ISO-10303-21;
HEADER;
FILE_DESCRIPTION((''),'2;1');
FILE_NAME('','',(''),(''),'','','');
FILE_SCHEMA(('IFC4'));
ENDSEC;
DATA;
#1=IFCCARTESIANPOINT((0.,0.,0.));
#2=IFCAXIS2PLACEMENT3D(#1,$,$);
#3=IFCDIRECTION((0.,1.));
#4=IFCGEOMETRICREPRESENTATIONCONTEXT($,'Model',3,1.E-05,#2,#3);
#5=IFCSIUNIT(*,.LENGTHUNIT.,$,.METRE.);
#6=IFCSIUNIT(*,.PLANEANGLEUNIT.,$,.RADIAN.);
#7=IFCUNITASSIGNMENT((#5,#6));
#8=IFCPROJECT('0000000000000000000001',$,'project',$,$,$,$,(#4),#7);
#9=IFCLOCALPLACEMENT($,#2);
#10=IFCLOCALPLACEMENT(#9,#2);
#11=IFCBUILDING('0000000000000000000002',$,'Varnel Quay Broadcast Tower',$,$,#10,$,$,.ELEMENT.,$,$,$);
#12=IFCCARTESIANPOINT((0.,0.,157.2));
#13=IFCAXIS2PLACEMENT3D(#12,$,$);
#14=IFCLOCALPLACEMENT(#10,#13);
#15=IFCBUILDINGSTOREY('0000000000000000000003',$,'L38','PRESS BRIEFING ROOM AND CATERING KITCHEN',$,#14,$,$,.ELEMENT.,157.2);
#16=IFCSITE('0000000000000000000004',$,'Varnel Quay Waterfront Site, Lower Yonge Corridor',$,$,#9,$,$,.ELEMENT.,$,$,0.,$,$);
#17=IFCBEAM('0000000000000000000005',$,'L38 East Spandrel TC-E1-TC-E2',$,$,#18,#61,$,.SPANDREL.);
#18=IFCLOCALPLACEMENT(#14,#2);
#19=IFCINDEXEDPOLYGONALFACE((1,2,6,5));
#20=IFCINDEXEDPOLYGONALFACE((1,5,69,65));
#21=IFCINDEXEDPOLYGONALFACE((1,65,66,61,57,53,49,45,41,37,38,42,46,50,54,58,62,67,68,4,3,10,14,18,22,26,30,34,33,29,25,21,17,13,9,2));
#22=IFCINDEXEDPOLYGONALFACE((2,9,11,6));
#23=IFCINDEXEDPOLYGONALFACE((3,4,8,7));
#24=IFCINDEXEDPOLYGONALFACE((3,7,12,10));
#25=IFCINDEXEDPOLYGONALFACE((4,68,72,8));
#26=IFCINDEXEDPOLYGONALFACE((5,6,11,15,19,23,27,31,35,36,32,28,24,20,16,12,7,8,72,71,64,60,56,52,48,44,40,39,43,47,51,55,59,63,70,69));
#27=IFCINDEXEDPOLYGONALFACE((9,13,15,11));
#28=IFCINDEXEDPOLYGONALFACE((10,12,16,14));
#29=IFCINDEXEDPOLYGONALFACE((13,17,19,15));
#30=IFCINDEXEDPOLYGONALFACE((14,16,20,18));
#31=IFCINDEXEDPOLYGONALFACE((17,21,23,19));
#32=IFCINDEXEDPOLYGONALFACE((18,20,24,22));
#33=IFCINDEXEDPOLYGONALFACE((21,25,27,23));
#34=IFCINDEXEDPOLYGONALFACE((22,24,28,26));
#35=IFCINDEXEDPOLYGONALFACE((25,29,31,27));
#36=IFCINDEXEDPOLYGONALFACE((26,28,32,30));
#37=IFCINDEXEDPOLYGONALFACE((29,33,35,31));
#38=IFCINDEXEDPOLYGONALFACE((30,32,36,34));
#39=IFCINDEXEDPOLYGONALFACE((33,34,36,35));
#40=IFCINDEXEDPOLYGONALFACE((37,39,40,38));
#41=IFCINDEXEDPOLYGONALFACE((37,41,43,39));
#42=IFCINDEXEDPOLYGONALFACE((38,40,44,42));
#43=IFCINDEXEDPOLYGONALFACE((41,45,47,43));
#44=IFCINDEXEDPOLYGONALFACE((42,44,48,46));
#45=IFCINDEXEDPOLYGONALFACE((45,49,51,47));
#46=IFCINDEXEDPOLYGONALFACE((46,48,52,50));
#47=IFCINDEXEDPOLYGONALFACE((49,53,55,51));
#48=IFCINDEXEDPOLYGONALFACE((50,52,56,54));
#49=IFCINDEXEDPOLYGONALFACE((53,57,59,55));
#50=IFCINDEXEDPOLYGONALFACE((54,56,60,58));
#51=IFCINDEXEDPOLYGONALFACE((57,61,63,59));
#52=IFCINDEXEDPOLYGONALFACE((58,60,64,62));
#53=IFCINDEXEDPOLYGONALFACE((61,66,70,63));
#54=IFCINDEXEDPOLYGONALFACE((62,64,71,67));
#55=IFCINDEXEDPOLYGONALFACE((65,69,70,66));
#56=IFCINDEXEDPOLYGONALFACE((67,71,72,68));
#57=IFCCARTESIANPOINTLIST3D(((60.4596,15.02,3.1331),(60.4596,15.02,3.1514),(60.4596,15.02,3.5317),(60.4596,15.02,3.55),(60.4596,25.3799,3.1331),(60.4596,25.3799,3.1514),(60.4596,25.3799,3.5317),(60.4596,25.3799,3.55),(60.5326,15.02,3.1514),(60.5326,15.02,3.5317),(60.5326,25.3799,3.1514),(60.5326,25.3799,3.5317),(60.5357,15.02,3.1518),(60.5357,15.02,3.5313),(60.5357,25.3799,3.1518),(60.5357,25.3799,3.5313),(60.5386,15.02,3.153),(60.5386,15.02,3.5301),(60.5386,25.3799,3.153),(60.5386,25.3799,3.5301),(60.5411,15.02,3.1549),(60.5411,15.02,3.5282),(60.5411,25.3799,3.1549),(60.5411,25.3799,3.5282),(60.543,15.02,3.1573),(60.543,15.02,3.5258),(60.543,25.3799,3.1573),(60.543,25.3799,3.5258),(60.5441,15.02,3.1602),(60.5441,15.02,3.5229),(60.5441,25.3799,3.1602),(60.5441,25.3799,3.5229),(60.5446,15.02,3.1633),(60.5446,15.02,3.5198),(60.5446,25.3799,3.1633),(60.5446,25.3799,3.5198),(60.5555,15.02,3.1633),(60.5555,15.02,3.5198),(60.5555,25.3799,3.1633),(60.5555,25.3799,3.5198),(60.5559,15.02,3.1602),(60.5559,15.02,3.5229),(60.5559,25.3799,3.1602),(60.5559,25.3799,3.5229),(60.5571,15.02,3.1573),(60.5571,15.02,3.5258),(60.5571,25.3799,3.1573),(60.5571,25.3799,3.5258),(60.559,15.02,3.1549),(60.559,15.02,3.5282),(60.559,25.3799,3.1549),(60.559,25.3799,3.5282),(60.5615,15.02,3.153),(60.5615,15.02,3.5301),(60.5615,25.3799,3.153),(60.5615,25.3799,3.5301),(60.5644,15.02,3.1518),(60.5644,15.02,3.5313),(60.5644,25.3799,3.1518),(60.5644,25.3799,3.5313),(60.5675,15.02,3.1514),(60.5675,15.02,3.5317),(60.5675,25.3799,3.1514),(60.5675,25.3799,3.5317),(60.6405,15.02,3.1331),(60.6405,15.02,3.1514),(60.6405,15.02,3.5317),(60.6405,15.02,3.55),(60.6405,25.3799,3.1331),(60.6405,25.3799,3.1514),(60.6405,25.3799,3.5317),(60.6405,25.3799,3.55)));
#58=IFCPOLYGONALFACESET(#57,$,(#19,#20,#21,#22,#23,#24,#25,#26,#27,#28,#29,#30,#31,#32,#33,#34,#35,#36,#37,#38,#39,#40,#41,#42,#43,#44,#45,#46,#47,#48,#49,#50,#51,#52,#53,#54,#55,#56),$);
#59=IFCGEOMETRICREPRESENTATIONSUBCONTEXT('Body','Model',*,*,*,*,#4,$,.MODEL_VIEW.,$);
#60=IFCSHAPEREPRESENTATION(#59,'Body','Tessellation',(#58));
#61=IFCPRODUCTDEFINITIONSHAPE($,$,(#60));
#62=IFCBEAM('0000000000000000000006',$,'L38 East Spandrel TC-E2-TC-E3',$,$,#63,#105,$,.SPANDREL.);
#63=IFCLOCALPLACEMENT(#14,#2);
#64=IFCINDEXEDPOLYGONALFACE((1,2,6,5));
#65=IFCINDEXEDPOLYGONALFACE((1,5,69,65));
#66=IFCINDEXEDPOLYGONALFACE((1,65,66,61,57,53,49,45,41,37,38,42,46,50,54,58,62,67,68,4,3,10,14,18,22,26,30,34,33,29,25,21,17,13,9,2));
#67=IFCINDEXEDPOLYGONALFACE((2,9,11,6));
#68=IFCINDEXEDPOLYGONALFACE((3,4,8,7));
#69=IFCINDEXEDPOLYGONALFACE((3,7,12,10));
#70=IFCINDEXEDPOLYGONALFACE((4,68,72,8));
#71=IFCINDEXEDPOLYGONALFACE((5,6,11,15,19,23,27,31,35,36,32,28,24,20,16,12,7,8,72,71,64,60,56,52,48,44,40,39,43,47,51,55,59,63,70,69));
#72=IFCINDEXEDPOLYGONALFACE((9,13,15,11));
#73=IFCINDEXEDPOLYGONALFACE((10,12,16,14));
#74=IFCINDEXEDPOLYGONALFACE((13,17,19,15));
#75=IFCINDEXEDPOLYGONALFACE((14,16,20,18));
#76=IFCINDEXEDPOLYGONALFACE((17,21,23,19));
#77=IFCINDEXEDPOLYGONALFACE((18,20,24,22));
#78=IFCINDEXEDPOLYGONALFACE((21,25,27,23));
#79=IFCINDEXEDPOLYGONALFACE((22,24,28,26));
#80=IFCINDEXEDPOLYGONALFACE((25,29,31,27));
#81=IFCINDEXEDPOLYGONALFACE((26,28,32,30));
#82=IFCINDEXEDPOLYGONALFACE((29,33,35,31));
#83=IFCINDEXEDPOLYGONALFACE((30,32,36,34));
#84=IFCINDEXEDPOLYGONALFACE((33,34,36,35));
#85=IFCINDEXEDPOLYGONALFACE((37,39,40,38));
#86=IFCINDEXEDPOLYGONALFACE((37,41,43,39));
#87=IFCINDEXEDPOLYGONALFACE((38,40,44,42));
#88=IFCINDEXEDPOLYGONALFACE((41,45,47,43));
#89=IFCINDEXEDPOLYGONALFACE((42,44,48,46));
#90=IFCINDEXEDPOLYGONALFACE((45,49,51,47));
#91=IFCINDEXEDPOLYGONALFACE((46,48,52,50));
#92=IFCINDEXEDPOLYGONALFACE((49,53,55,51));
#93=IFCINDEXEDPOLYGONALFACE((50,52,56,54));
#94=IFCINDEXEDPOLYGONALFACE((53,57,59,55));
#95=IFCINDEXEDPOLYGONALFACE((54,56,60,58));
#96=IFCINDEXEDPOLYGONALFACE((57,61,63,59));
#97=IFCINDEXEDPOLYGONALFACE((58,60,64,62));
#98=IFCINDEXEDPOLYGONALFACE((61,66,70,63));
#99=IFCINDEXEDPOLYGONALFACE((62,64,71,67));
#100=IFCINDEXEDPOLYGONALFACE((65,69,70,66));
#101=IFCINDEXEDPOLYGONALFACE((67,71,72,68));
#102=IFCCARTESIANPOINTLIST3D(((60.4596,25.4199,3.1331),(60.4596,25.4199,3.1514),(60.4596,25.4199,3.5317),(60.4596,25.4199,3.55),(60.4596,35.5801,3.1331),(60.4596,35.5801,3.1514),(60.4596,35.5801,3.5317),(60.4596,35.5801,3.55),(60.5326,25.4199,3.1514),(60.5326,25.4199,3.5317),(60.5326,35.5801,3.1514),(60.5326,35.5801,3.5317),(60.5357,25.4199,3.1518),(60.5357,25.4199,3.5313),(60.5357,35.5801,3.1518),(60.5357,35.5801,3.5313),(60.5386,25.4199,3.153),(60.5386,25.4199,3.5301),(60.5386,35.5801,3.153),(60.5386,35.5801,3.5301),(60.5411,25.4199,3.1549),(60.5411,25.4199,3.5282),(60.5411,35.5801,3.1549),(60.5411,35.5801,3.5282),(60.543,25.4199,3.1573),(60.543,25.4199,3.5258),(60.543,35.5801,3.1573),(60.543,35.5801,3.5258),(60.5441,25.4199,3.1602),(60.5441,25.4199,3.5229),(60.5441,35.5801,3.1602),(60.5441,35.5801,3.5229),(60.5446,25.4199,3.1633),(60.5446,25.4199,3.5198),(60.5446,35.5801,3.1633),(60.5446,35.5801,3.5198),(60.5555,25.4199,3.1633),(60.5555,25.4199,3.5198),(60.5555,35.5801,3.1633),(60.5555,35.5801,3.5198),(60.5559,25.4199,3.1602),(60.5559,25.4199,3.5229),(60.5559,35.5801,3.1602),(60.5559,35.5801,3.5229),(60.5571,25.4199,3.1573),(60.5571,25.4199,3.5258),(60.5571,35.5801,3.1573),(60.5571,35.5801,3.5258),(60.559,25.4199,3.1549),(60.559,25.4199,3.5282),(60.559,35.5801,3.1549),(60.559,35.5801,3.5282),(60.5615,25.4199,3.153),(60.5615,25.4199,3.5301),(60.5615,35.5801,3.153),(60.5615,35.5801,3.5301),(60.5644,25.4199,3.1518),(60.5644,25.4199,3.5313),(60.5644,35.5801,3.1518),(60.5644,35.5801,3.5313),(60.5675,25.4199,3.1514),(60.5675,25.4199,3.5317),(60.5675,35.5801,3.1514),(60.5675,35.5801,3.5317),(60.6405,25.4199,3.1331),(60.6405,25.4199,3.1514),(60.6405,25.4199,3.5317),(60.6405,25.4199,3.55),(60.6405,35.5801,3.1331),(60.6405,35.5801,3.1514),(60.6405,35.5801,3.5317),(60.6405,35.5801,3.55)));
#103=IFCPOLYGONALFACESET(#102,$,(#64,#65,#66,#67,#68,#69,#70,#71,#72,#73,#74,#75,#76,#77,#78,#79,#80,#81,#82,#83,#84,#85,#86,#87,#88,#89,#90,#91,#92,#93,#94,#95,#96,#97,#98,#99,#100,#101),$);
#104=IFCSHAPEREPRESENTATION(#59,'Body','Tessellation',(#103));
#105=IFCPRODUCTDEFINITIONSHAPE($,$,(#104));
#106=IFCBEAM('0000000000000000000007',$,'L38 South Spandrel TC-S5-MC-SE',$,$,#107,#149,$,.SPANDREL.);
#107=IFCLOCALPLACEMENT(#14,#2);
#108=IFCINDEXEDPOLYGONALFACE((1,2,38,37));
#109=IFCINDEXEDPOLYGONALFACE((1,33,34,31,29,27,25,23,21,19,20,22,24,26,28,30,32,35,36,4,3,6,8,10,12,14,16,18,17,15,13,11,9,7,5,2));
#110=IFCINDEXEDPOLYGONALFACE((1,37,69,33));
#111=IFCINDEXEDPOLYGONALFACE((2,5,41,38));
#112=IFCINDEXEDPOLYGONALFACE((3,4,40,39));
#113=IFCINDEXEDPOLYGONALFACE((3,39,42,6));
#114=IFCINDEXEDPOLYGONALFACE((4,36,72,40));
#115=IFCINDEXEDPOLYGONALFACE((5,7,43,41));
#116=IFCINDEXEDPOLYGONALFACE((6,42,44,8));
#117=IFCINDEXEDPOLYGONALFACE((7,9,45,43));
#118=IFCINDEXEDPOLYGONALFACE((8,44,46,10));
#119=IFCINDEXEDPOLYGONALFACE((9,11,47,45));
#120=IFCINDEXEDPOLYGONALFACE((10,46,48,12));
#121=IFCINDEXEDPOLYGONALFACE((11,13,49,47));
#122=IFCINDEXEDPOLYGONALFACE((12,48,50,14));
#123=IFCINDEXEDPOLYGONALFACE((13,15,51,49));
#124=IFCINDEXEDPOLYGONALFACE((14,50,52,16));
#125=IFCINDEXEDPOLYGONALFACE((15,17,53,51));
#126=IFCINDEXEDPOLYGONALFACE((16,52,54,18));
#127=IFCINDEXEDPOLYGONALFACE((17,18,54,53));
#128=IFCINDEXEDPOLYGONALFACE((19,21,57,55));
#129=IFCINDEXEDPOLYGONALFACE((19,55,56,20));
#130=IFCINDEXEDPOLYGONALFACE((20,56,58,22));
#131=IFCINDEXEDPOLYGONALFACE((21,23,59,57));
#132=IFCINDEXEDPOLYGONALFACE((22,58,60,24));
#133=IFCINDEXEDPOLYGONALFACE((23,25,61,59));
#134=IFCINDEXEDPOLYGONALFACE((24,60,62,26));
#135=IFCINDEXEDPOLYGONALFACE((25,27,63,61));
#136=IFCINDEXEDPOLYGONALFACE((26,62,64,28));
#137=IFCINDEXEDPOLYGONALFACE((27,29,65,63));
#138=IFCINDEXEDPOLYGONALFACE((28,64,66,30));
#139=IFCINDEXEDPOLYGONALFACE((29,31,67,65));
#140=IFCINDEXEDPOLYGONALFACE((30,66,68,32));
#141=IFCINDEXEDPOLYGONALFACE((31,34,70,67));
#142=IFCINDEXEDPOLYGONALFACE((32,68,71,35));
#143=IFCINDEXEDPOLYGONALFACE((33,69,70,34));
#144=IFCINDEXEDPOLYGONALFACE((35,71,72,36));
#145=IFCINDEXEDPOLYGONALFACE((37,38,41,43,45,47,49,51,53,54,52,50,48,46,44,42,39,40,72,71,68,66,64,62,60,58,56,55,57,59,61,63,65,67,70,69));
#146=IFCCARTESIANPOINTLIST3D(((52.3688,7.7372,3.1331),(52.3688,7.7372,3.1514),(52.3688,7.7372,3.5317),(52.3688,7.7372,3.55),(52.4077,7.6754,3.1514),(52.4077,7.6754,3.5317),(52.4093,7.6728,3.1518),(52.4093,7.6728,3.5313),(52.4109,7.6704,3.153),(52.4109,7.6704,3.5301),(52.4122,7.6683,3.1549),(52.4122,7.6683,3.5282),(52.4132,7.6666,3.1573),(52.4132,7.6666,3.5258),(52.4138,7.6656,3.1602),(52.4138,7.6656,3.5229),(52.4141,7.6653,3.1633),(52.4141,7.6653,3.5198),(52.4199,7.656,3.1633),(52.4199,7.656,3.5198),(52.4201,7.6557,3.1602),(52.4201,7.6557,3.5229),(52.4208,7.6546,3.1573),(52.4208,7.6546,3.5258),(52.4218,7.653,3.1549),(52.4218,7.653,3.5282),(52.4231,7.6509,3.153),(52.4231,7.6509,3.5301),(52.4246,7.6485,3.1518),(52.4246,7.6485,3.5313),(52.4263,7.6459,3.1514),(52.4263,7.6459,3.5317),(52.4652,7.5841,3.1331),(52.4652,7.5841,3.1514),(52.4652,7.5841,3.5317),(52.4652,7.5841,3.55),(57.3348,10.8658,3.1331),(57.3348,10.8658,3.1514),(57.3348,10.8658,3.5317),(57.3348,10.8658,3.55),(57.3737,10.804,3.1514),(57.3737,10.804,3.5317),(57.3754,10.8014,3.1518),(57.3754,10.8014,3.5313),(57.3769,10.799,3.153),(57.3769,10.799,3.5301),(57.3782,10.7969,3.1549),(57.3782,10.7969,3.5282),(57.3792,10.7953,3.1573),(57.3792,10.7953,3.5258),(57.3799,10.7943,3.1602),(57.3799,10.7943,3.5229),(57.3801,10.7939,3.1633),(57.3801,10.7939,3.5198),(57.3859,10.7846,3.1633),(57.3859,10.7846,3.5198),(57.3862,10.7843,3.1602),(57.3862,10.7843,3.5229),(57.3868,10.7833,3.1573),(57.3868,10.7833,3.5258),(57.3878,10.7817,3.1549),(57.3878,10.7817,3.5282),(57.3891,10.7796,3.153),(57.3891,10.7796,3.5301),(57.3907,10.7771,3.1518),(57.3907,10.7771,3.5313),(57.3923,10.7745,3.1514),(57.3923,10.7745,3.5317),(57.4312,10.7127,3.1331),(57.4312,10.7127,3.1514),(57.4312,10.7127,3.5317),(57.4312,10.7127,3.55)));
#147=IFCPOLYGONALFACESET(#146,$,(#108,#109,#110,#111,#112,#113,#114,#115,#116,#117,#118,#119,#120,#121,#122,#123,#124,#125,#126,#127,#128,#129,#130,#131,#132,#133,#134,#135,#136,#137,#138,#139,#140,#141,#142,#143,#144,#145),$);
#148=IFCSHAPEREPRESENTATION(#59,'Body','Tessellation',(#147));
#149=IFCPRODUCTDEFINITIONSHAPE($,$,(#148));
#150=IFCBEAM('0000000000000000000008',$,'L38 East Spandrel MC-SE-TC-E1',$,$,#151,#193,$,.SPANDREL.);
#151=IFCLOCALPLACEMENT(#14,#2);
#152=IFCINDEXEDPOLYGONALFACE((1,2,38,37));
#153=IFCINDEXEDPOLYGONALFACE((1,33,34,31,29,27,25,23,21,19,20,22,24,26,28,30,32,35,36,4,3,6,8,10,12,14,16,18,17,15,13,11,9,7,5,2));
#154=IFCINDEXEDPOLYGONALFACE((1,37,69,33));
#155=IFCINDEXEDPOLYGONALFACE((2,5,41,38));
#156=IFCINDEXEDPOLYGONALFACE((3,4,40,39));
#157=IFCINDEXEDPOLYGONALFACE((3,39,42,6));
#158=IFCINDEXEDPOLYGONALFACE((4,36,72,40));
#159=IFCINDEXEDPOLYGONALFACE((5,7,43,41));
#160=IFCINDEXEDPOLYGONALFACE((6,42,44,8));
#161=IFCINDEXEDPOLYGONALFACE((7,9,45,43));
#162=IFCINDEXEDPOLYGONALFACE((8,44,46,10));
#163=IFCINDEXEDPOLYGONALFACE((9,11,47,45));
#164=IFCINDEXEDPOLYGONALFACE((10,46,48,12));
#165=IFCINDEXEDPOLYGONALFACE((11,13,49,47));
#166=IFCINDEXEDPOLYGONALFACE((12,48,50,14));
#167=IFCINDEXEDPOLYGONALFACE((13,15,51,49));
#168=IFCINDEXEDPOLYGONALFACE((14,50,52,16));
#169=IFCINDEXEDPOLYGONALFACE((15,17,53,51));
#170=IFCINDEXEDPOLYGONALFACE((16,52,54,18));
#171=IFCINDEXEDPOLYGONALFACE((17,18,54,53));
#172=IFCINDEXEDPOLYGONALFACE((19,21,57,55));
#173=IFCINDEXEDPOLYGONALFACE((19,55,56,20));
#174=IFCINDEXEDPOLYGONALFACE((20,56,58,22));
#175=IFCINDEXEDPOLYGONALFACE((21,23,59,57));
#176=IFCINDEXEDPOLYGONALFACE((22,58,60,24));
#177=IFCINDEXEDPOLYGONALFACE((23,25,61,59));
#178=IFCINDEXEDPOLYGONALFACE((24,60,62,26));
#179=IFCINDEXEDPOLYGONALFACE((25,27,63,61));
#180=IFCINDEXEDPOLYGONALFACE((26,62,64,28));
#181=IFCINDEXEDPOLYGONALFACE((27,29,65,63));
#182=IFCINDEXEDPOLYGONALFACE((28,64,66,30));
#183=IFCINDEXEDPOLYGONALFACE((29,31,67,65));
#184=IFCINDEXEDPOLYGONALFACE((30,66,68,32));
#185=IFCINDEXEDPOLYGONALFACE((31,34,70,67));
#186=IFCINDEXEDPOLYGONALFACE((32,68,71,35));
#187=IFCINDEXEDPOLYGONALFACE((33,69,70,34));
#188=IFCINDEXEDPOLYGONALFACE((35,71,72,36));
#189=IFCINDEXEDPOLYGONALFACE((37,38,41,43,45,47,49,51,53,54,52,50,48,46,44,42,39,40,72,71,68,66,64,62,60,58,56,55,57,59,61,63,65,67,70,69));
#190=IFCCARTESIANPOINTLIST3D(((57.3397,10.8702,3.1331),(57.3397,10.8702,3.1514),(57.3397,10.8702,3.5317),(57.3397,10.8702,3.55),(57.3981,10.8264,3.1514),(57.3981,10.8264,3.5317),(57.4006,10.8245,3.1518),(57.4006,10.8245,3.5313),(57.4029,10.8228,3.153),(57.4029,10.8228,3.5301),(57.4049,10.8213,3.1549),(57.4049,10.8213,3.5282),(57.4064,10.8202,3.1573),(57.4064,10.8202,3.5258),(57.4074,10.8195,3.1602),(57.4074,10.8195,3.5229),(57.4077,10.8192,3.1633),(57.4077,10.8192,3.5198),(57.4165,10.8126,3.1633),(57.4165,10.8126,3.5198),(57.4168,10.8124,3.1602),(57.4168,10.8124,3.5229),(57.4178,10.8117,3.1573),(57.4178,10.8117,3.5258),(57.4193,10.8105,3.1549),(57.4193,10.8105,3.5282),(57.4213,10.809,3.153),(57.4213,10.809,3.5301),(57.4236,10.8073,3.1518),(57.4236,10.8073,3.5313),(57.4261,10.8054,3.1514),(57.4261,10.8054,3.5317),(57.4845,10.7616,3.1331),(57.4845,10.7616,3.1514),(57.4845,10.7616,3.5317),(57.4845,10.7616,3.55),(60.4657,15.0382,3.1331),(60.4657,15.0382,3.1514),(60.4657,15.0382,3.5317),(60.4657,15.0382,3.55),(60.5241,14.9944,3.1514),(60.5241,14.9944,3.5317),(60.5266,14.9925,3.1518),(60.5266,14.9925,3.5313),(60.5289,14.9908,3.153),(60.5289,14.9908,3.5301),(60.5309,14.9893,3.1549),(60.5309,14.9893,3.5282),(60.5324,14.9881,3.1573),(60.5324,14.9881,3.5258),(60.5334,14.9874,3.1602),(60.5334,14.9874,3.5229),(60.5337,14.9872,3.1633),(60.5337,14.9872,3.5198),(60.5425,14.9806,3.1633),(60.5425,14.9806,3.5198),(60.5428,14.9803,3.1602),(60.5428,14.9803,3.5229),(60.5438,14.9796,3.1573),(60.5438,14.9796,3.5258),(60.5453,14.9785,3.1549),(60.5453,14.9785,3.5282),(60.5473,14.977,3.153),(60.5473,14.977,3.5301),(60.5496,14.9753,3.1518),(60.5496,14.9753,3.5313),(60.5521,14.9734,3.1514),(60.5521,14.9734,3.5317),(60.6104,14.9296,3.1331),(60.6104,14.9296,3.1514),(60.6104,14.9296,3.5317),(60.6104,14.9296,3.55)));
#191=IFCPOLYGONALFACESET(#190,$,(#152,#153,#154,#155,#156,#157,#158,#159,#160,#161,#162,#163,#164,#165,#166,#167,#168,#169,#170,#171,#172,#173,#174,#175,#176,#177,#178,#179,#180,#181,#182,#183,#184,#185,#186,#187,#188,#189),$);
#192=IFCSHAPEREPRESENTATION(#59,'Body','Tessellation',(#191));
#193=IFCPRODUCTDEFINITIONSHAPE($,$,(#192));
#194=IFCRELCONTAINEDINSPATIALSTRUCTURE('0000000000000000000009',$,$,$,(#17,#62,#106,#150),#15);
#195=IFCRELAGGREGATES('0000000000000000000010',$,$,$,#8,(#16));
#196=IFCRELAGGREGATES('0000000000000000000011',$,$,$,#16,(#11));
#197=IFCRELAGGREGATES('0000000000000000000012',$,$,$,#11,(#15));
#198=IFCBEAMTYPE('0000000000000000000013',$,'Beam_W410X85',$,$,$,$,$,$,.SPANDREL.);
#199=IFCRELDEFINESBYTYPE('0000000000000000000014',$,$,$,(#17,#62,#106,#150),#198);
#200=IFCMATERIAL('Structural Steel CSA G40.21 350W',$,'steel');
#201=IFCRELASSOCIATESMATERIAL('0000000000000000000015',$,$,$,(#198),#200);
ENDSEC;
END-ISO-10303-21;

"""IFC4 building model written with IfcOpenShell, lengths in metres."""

from ifc_helpers import new_model, si_unit, direction, frame, origin, origin_2d, place, context, subcontext, project, spatial, i_section, extrude, source, transform, mapped, material, material_profile, profile_set, type_object, type_shapes, element, save


model = new_model("IFC4")

# Units and contexts
model_context = context("Model", 3, precision=1e-05, world=origin(), true_north=direction((0.0, 1.0)))
body_context = subcontext(model_context, "Body", "Model", "MODEL_VIEW")
ifc_project = project(units=[si_unit("LENGTHUNIT", "METRE"), si_unit("PLANEANGLEUNIT", "RADIAN")], contexts=[model_context])

# Site, building, storey
site_placement = place(None, origin())
site = spatial("IfcSite", under=ifc_project, at=site_placement, Name="Varnel Quay Waterfront Site, Lower Yonge Corridor", CompositionType="ELEMENT", RefElevation=0.0)
building_placement = place(site_placement, origin())
building = spatial("IfcBuilding", under=site, at=building_placement, Name="Varnel Quay Broadcast Tower", CompositionType="ELEMENT")
storey_placement = place(building_placement, frame((0.0, 0.0, 157.2)))
storey = spatial("IfcBuildingStorey", under=building, at=storey_placement, Name="L38", Description="PRESS BRIEFING ROOM AND CATERING KITCHEN", CompositionType="ELEMENT", Elevation=157.2)

# Shared definitions
ifc_material_1 = material(Name="Structural Steel CSA G40.21 350W", Category="steel")

# Beams
ifc_material_profile_1 = material_profile(ifc_material_1, i_section(OverallWidth=0.1809, OverallDepth=0.417, WebThickness=0.011, FlangeThickness=0.0183, FilletRadius=0.012, at=origin_2d()), Name="W410X85")
ifc_profile_set_1 = profile_set([ifc_material_profile_1], Name="Structural Steel CSA G40.21 350W")
beam_type = type_object("IfcBeamType", Name="Beam_W410X85", PredefinedType="SPANDREL", material=ifc_profile_set_1)
shared_shape_1 = source(origin(), body_context, "Body", "SweptSolid", [
    extrude(i_section(OverallWidth=0.1809, OverallDepth=0.417, WebThickness=0.011, FlangeThickness=0.0183, FilletRadius=0.012, at=origin_2d()), origin(), (0.0, 0.0, 1.0), 10.3599),
])
beam_1_placement = place(storey_placement, frame((60.55, 15.02, 3.3416), z_axis=(0.0, 1.0, 0.0), x_axis=(-1.0, 0.0, 0.0)))
element("IfcBeam", 1, at=beam_1_placement, inside=storey, type_object=beam_type, Name="L38 East Spandrel TC-E1-TC-E2", PredefinedType="SPANDREL", context=body_context, shape_type="MappedRepresentation", body=[
    mapped(shared_shape_1, transform((0.0, 0.0, 0.0), x_axis=(1.0, 0.0, 0.0), y_axis=(0.0, 1.0, 0.0), z_axis=(0.0, 0.0, 1.0), scale=1.0)),
])
shared_shape_2 = source(origin(), body_context, "Body", "SweptSolid", [
    extrude(i_section(OverallWidth=0.1809, OverallDepth=0.417, WebThickness=0.011, FlangeThickness=0.0183, FilletRadius=0.012, at=origin_2d()), origin(), (0.0, 0.0, 1.0), 10.1602),
])
beam_2_placement = place(storey_placement, frame((60.55, 25.4199, 3.3416), z_axis=(0.0, 1.0, 0.0), x_axis=(-1.0, 0.0, 0.0)))
element("IfcBeam", 2, at=beam_2_placement, inside=storey, type_object=beam_type, Name="L38 East Spandrel TC-E2-TC-E3", PredefinedType="SPANDREL", context=body_context, shape_type="MappedRepresentation", body=[
    mapped(shared_shape_2, transform((0.0, 0.0, 0.0), x_axis=(1.0, 0.0, 0.0), y_axis=(0.0, 1.0, 0.0), z_axis=(0.0, 0.0, 1.0), scale=1.0)),
])
shared_shape_3 = source(origin(), body_context, "Body", "SweptSolid", [
    extrude(i_section(OverallWidth=0.1809, OverallDepth=0.417, WebThickness=0.011, FlangeThickness=0.0183, FilletRadius=0.012, at=origin_2d()), origin(), (0.0, 0.0, 1.0), 5.8694),
])
beam_3_placement = place(storey_placement, frame((52.417, 7.6606, 3.3416), z_axis=(0.846088, 0.533043, 0.0), x_axis=(-0.533043, 0.846088, 0.0)))
element("IfcBeam", 3, at=beam_3_placement, inside=storey, type_object=beam_type, Name="L38 South Spandrel TC-S5-MC-SE", PredefinedType="SPANDREL", context=body_context, shape_type="MappedRepresentation", body=[
    mapped(shared_shape_3, transform((0.0, 0.0, 0.0), x_axis=(1.0, 0.0, 0.0), y_axis=(0.0, 1.0, 0.0), z_axis=(0.0, 0.0, 1.0), scale=1.0)),
])
shared_shape_4 = source(origin(), body_context, "Body", "SweptSolid", [
    extrude(i_section(OverallWidth=0.1809, OverallDepth=0.417, WebThickness=0.011, FlangeThickness=0.0183, FilletRadius=0.012, at=origin_2d()), origin(), (0.0, 0.0, 1.0), 5.21),
])
type_shapes(beam_type, [shared_shape_1, shared_shape_2, shared_shape_3, shared_shape_4])
beam_4_placement = place(storey_placement, frame((57.4121, 10.8159, 3.3416), z_axis=(0.6, 0.8, 0.0), x_axis=(-0.8, 0.6, 0.0)))
element("IfcBeam", 4, at=beam_4_placement, inside=storey, type_object=beam_type, Name="L38 East Spandrel MC-SE-TC-E1", PredefinedType="SPANDREL", context=body_context, shape_type="MappedRepresentation", body=[
    mapped(shared_shape_4, transform((0.0, 0.0, 0.0), x_axis=(1.0, 0.0, 0.0), y_axis=(0.0, 1.0, 0.0), z_axis=(0.0, 0.0, 1.0), scale=1.0)),
])

save(model, "model.ifc")
